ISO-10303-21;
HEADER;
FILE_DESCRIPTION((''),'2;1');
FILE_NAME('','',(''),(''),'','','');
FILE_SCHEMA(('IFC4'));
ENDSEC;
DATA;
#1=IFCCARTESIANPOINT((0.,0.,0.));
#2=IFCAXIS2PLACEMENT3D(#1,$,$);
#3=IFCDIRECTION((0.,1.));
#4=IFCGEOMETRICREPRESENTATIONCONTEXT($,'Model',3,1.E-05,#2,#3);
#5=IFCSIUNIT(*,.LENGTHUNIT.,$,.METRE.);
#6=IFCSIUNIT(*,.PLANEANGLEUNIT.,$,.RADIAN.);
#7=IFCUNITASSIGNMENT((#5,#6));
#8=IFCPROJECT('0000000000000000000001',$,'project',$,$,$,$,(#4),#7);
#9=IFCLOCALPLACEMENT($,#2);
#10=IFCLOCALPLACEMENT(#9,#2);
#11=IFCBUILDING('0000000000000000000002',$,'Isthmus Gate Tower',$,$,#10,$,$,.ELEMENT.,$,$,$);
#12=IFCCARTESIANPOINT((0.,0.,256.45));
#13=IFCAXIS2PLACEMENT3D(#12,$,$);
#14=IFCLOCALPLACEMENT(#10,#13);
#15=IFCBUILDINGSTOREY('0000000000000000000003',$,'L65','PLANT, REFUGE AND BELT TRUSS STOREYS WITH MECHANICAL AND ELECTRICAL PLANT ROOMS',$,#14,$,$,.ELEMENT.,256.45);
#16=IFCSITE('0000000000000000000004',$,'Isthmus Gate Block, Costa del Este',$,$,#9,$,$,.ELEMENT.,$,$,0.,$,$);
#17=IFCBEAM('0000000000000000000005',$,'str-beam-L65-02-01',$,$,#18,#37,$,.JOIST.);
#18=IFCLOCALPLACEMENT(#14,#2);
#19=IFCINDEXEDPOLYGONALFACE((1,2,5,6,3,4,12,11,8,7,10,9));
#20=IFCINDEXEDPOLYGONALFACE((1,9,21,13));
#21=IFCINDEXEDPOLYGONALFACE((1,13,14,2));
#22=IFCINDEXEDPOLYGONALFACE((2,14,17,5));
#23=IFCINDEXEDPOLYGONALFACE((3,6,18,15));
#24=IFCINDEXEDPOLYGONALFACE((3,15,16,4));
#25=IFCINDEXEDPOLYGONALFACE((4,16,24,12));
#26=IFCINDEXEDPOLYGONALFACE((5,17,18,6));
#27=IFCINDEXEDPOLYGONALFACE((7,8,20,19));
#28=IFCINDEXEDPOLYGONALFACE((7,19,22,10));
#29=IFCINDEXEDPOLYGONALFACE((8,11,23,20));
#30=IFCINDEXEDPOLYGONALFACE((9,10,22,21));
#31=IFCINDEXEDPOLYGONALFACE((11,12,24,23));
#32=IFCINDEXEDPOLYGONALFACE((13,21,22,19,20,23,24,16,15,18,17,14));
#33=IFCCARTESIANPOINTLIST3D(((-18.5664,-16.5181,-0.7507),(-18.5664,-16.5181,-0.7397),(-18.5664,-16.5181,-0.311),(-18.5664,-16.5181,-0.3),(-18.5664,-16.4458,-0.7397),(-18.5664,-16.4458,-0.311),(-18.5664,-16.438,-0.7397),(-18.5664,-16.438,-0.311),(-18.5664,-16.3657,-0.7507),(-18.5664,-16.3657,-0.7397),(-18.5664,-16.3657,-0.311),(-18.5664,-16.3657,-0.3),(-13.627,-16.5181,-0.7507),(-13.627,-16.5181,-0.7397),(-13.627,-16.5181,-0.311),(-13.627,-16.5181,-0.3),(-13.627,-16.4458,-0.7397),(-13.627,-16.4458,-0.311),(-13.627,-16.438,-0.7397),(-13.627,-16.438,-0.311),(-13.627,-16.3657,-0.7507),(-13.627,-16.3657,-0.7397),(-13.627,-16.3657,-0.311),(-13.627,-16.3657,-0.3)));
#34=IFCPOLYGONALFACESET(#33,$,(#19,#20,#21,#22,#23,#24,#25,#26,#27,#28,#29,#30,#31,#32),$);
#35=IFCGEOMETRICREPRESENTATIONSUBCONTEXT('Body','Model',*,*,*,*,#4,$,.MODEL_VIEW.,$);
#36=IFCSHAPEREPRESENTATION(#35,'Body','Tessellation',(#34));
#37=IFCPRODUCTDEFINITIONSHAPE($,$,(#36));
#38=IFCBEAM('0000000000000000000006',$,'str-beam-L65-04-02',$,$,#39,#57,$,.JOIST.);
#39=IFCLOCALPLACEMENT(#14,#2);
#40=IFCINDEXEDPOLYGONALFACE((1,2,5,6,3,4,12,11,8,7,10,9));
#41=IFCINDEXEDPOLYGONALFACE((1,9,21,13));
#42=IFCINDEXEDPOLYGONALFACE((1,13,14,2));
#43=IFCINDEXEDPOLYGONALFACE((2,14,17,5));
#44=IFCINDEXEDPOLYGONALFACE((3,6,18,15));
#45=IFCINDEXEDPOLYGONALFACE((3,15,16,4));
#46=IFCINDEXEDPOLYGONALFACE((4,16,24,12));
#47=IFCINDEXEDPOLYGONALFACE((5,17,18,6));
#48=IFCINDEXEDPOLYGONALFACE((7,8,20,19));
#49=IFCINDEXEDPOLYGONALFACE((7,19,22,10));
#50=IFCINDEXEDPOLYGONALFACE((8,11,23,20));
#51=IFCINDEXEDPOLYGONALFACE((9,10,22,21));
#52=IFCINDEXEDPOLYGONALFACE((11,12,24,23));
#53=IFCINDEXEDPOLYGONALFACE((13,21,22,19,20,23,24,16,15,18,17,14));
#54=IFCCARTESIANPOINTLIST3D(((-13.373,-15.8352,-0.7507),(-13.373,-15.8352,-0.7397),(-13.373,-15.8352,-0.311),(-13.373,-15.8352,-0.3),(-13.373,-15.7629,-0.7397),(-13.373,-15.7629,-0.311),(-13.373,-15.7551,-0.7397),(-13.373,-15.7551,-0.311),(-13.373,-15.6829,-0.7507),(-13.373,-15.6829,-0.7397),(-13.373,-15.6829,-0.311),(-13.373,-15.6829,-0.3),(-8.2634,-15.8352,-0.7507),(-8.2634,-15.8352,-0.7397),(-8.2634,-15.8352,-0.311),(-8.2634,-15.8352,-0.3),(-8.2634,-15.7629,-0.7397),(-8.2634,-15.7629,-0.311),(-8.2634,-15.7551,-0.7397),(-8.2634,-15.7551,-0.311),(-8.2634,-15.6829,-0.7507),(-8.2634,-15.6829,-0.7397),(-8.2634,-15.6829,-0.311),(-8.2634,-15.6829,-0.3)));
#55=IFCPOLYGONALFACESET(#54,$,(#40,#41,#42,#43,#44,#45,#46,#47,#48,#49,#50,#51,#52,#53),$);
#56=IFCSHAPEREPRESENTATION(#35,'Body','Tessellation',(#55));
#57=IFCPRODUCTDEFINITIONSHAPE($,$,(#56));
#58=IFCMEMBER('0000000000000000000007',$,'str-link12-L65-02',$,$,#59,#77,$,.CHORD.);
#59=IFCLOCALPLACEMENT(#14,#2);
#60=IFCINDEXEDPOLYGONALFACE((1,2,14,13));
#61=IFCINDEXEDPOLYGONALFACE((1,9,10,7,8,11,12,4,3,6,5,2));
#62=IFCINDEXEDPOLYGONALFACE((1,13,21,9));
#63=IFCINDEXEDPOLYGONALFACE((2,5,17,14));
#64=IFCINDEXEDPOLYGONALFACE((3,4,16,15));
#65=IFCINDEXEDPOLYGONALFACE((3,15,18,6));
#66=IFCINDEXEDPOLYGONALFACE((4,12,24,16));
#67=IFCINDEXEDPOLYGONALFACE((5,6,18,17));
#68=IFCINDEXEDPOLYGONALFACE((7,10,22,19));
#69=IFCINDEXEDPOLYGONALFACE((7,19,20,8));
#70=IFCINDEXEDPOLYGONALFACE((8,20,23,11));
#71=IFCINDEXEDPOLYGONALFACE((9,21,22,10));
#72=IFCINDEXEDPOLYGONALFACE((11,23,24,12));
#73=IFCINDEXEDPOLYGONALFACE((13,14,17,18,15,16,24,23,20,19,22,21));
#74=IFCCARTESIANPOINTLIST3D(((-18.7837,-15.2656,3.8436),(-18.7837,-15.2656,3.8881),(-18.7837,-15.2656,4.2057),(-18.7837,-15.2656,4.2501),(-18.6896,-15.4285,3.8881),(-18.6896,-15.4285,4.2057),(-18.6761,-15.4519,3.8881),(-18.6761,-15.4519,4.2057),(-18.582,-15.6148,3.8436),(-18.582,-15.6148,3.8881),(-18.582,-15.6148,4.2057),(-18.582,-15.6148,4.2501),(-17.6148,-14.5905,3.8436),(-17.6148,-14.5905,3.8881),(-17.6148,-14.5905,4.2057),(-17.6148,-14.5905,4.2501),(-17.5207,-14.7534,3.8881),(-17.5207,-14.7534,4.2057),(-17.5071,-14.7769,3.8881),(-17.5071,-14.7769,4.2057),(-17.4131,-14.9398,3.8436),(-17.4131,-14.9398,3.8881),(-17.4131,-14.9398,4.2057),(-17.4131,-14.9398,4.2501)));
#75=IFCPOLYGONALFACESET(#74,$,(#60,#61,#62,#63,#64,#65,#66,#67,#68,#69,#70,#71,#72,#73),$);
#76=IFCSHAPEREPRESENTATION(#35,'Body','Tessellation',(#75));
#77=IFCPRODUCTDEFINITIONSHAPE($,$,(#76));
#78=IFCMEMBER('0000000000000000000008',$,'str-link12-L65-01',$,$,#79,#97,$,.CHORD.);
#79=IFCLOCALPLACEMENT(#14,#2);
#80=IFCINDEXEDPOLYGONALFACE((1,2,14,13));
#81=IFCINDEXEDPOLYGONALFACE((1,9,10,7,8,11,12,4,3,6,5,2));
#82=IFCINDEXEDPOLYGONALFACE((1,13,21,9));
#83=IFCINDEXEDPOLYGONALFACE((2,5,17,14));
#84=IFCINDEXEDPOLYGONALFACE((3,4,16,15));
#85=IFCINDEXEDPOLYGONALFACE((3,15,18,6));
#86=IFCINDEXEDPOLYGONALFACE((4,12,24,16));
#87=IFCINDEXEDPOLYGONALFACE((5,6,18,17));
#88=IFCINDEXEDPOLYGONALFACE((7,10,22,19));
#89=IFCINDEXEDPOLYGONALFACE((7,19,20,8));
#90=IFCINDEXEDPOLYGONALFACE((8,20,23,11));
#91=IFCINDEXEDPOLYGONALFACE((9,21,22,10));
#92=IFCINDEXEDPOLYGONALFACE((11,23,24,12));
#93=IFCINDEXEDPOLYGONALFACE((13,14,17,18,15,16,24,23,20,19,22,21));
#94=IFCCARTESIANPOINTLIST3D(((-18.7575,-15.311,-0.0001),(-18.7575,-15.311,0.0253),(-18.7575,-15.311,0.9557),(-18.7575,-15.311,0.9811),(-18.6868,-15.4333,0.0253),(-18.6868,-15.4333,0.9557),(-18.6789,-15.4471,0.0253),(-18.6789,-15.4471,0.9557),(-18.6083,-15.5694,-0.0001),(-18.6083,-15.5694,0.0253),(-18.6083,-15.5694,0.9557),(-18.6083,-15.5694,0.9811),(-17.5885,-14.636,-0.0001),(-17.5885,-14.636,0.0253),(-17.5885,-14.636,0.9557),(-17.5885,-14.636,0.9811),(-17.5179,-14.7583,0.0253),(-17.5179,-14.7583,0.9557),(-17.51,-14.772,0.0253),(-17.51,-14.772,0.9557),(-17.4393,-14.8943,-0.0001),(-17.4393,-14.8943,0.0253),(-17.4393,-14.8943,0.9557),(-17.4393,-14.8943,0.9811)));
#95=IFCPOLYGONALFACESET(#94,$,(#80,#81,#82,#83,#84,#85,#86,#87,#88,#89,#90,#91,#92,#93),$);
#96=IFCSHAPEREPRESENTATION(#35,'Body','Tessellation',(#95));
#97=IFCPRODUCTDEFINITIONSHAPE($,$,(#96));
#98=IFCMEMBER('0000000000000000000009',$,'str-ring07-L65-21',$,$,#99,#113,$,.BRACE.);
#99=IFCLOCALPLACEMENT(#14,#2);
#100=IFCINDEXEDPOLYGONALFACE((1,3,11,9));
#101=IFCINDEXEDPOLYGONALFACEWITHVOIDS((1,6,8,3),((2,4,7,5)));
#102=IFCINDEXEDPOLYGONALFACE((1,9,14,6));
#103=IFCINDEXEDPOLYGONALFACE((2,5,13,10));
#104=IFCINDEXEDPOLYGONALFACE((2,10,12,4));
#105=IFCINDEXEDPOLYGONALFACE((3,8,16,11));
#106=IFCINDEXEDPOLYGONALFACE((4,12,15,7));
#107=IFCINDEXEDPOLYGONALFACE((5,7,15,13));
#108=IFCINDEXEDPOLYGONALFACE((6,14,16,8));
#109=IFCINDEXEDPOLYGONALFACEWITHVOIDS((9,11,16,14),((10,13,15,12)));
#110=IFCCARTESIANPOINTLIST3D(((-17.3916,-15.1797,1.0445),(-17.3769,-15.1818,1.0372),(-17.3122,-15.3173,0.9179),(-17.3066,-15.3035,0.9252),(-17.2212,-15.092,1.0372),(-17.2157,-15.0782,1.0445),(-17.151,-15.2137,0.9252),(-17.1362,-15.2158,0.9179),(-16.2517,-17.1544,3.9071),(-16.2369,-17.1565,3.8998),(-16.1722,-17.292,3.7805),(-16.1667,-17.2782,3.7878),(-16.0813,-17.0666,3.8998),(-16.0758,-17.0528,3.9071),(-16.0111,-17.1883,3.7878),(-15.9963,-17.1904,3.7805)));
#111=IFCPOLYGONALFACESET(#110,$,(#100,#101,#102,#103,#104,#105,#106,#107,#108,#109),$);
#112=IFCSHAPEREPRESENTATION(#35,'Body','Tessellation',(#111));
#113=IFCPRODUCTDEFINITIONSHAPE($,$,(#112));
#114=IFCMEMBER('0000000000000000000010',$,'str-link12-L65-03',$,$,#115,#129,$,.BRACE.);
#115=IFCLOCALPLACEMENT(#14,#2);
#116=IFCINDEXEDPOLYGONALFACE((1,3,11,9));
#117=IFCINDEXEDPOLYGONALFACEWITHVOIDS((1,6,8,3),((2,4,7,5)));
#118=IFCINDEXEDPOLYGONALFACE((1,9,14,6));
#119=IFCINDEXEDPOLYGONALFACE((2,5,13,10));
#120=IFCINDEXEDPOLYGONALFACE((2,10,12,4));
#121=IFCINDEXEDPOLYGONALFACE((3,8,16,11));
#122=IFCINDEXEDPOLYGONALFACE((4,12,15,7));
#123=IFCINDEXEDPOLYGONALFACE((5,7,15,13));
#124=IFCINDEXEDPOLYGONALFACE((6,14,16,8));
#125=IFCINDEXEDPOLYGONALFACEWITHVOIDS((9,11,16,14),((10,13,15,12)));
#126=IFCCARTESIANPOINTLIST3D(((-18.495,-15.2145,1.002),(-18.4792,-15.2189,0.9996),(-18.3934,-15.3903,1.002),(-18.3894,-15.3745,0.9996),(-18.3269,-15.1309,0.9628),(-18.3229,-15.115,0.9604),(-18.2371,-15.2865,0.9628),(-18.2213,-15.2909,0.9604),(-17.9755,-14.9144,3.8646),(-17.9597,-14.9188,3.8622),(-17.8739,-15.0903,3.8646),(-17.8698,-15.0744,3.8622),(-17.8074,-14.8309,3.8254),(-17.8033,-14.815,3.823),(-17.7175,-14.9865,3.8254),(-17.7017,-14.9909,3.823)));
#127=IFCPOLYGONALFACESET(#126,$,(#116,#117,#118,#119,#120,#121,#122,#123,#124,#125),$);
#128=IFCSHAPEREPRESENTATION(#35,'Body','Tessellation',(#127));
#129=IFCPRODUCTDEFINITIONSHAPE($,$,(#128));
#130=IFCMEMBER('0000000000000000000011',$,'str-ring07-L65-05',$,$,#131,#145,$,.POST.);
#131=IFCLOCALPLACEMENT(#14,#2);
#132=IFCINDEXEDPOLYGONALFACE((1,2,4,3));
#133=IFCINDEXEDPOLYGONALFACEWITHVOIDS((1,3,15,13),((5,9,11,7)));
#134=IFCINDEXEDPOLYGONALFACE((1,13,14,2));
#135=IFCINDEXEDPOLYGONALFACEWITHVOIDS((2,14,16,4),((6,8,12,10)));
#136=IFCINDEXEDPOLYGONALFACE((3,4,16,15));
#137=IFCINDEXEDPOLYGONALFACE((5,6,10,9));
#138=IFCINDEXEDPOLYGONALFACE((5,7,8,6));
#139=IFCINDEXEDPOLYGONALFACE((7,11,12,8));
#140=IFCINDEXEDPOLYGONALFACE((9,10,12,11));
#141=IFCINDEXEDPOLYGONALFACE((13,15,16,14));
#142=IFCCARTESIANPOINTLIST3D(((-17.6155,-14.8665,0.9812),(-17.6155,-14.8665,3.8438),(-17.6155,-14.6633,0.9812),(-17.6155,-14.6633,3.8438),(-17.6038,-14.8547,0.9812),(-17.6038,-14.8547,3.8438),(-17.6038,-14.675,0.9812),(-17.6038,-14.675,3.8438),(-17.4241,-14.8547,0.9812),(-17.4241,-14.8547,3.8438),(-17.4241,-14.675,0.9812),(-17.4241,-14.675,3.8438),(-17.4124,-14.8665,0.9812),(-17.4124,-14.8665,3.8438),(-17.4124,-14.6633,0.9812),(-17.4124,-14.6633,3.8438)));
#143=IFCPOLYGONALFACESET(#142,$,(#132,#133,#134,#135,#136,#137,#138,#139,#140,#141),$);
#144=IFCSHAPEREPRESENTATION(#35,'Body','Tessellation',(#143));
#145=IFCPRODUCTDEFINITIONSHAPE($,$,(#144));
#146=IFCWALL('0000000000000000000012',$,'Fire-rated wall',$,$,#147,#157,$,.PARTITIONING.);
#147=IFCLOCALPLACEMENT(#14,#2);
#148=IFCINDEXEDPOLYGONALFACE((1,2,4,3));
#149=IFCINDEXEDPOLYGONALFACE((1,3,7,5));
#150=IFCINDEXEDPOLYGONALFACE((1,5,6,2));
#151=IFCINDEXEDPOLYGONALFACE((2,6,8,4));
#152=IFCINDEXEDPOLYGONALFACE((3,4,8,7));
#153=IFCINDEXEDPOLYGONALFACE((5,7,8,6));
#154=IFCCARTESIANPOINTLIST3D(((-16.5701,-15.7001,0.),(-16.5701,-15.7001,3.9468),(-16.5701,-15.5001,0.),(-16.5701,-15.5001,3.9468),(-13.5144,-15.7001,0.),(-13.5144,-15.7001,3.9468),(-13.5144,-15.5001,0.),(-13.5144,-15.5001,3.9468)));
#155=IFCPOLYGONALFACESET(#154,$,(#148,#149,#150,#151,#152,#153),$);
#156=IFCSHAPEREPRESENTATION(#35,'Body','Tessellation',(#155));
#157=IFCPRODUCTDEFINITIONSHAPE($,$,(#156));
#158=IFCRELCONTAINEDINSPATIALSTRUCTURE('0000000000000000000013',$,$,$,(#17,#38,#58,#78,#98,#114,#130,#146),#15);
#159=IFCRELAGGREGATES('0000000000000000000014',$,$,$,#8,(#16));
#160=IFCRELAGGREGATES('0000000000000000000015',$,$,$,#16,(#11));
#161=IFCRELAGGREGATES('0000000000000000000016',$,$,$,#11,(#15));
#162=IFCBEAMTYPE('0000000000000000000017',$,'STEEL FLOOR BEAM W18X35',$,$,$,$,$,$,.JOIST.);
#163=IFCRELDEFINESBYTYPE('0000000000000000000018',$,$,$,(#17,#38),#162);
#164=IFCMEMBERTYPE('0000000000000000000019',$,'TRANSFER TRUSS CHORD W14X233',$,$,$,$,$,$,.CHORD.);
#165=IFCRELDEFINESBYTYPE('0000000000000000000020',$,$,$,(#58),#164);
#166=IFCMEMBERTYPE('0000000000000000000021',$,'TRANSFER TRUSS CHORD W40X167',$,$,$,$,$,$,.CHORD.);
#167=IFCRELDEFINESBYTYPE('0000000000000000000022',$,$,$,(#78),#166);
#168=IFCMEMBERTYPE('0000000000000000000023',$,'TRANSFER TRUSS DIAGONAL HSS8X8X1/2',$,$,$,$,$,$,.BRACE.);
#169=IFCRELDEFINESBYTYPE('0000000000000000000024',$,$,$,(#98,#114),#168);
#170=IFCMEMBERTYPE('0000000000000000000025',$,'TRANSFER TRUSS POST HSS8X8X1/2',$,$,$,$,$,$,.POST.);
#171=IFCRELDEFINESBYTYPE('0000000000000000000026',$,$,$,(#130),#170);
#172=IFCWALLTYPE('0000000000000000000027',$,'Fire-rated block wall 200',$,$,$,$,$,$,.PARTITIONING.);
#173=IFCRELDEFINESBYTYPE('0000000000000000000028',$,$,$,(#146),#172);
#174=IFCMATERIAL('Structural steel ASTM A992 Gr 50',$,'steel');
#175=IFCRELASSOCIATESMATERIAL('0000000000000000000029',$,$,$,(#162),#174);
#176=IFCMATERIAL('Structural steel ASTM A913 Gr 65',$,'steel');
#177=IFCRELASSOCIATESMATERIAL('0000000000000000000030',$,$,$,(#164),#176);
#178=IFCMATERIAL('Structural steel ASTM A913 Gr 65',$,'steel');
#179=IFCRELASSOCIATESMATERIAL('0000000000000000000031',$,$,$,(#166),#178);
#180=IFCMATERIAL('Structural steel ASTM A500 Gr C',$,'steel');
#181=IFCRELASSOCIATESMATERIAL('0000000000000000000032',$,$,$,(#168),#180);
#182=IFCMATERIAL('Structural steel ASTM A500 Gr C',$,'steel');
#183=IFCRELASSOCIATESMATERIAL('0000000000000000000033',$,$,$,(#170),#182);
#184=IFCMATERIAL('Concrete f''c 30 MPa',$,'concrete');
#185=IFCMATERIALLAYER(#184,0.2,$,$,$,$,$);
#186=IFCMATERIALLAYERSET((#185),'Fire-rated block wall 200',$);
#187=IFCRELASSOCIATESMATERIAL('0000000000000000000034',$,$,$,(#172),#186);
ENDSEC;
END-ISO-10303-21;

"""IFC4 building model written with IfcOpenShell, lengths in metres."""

from ifc_helpers import new_model, si_unit, direction, frame, frame_2d, origin, origin_2d, place, context, subcontext, project, spatial, rectangle, hollow_rectangle, i_section, extrude, material, layer, layer_set, material_profile, profile_set, type_object, element, save


model = new_model("IFC4")

# Units and contexts
model_context = context("Model", 3, precision=1e-05, world=origin(), true_north=direction((0.0, 1.0)))
body_context = subcontext(model_context, "Body", "Model", "MODEL_VIEW")
ifc_project = project(units=[si_unit("LENGTHUNIT", "METRE"), si_unit("PLANEANGLEUNIT", "RADIAN")], contexts=[model_context])

# Site, building, storey
site_placement = place(None, origin())
site = spatial("IfcSite", under=ifc_project, at=site_placement, Name="Isthmus Gate Block, Costa del Este", CompositionType="ELEMENT", RefElevation=0.0)
building_placement = place(site_placement, origin())
building = spatial("IfcBuilding", under=site, at=building_placement, Name="Isthmus Gate Tower", CompositionType="ELEMENT")
storey_placement = place(building_placement, frame((0.0, 0.0, 256.45)))
storey = spatial("IfcBuildingStorey", under=building, at=storey_placement, Name="L65", Description="PLANT, REFUGE AND BELT TRUSS STOREYS WITH MECHANICAL AND ELECTRICAL PLANT ROOMS", CompositionType="ELEMENT", Elevation=256.45)

# Beams
ifc_material_1 = material(Name="Structural steel ASTM A992 Gr 50", Category="steel")
ifc_material_profile_1 = material_profile(ifc_material_1, i_section(OverallWidth=0.1523, OverallDepth=0.4507, WebThickness=0.0078, FlangeThickness=0.011, at=origin_2d()), Name="W18X35")
ifc_profile_set_1 = profile_set([ifc_material_profile_1], Name="Structural steel ASTM A992 Gr 50")
beam_type = type_object("IfcBeamType", Name="STEEL FLOOR BEAM W18X35", PredefinedType="JOIST", material=ifc_profile_set_1)
beam_1_placement = place(storey_placement, frame((-18.5664, -16.4419, -0.5254), z_axis=(1.0, 0.0, 0.0), x_axis=(0.0, 1.0, 0.0)))
element("IfcBeam", 1, at=beam_1_placement, inside=storey, type_object=beam_type, Name="str-beam-L65-02-01", PredefinedType="JOIST", context=body_context, shape_type="SweptSolid", body=[
    extrude(i_section(OverallWidth=0.1523, OverallDepth=0.4507, WebThickness=0.0078, FlangeThickness=0.011, at=origin_2d()), origin(), (0.0, 0.0, 1.0), 4.9395),
])
beam_2_placement = place(storey_placement, frame((-13.373, -15.759, -0.5254), z_axis=(1.0, 0.0, 0.0), x_axis=(0.0, 1.0, 0.0)))
element("IfcBeam", 2, at=beam_2_placement, inside=storey, type_object=beam_type, Name="str-beam-L65-04-02", PredefinedType="JOIST", context=body_context, shape_type="SweptSolid", body=[
    extrude(i_section(OverallWidth=0.1523, OverallDepth=0.4507, WebThickness=0.0078, FlangeThickness=0.011, at=origin_2d()), origin(), (0.0, 0.0, 1.0), 5.1096),
])

# Members
ifc_material_2 = material(Name="Structural steel ASTM A913 Gr 65", Category="steel")
ifc_material_profile_2 = material_profile(ifc_material_2, i_section(OverallWidth=0.4033, OverallDepth=0.4065, WebThickness=0.0271, FlangeThickness=0.0444, at=origin_2d()), Name="W14X233")
ifc_profile_set_2 = profile_set([ifc_material_profile_2], Name="Structural steel ASTM A913 Gr 65")
member_type_1 = type_object("IfcMemberType", Name="TRANSFER TRUSS CHORD W14X233", PredefinedType="CHORD", material=ifc_profile_set_2)
member_1_placement = place(storey_placement, frame((-18.6829, -15.4402, 4.0469), z_axis=(0.865975, 0.500088, 0.0), x_axis=(-0.500088, 0.865975, 0.0)))
element("IfcMember", 3, at=member_1_placement, inside=storey, type_object=member_type_1, Name="str-link12-L65-02", PredefinedType="CHORD", context=body_context, shape_type="SweptSolid", body=[
    extrude(i_section(OverallWidth=0.4033, OverallDepth=0.4065, WebThickness=0.0271, FlangeThickness=0.0444, at=origin_2d()), origin(), (0.0, 0.0, 1.0), 1.3499),
])
ifc_material_3 = material(Name="Structural steel ASTM A913 Gr 65", Category="steel")
ifc_material_profile_3 = material_profile(ifc_material_3, i_section(OverallWidth=0.2983, OverallDepth=0.9812, WebThickness=0.0159, FlangeThickness=0.0254, at=origin_2d()), Name="W40X167")
ifc_profile_set_3 = profile_set([ifc_material_profile_3], Name="Structural steel ASTM A913 Gr 65")
member_type_2 = type_object("IfcMemberType", Name="TRANSFER TRUSS CHORD W40X167", PredefinedType="CHORD", material=ifc_profile_set_3)
member_2_placement = place(storey_placement, frame((-18.6829, -15.4402, 0.4905), z_axis=(0.865975, 0.500088, 0.0), x_axis=(-0.500088, 0.865975, 0.0)))
element("IfcMember", 4, at=member_2_placement, inside=storey, type_object=member_type_2, Name="str-link12-L65-01", PredefinedType="CHORD", context=body_context, shape_type="SweptSolid", body=[
    extrude(i_section(OverallWidth=0.2983, OverallDepth=0.9812, WebThickness=0.0159, FlangeThickness=0.0254, at=origin_2d()), origin(), (0.0, 0.0, 1.0), 1.3499),
])
ifc_material_4 = material(Name="Structural steel ASTM A500 Gr C", Category="steel")
ifc_material_profile_4 = material_profile(ifc_material_4, hollow_rectangle(XDim=0.2031, YDim=0.2031, WallThickness=0.0117, at=origin_2d()), Name="HSS8X8X1/2")
ifc_profile_set_4 = profile_set([ifc_material_profile_4], Name="Structural steel ASTM A500 Gr C")
member_type_3 = type_object("IfcMemberType", Name="TRANSFER TRUSS DIAGONAL HSS8X8X1/2", PredefinedType="BRACE", material=ifc_profile_set_4)
member_3_placement = place(storey_placement, frame((-17.2639, -15.1978, 0.9812), z_axis=(0.311481, -0.539571, 0.782204), x_axis=(0.866054, 0.499951, 0.0)))
element("IfcMember", 5, at=member_3_placement, inside=storey, type_object=member_type_3, Name="str-ring07-L65-21", PredefinedType="BRACE", context=body_context, shape_type="SweptSolid", body=[
    extrude(hollow_rectangle(XDim=0.2031, YDim=0.2031, WallThickness=0.0117, at=origin_2d()), origin(), (0.0, 0.0, 1.0), 3.6597),
])
member_4_placement = place(storey_placement, frame((-18.3582, -15.2527, 0.9812), z_axis=(0.177633, 0.10259, 0.978735), x_axis=(-0.500122, 0.865955, 0.0)))
element("IfcMember", 6, at=member_4_placement, inside=storey, type_object=member_type_3, Name="str-link12-L65-03", PredefinedType="BRACE", context=body_context, shape_type="SweptSolid", body=[
    extrude(hollow_rectangle(XDim=0.2031, YDim=0.2031, WallThickness=0.0117, at=origin_2d()), origin(), (0.0, 0.0, 1.0), 2.9248),
])
ifc_material_5 = material(Name="Structural steel ASTM A500 Gr C", Category="steel")
ifc_material_profile_5 = material_profile(ifc_material_5, hollow_rectangle(XDim=0.2031, YDim=0.2031, WallThickness=0.0117, at=origin_2d()), Name="HSS8X8X1/2")
ifc_profile_set_5 = profile_set([ifc_material_profile_5], Name="Structural steel ASTM A500 Gr C")
member_type_4 = type_object("IfcMemberType", Name="TRANSFER TRUSS POST HSS8X8X1/2", PredefinedType="POST", material=ifc_profile_set_5)
member_5_placement = place(storey_placement, frame((-17.5139, -14.7649, 0.9812), z_axis=(0.0, 0.0, 1.0), x_axis=(1.0, 0.0, 0.0)))
element("IfcMember", 7, at=member_5_placement, inside=storey, type_object=member_type_4, Name="str-ring07-L65-05", PredefinedType="POST", context=body_context, shape_type="SweptSolid", body=[
    extrude(hollow_rectangle(XDim=0.2031, YDim=0.2031, WallThickness=0.0117, at=origin_2d()), origin(), (0.0, 0.0, 1.0), 2.8625),
])

# Wall
ifc_material_6 = material(Name="Concrete f'c 30 MPa", Category="concrete")
ifc_layer_1 = layer(ifc_material_6, 0.2)
ifc_layer_set_1 = layer_set([ifc_layer_1], Name="Fire-rated block wall 200")
wall_type_1 = type_object("IfcWallType", Name="Fire-rated block wall 200", PredefinedType="PARTITIONING", material=ifc_layer_set_1)
wall_1_placement = place(storey_placement, frame((-16.5701, -15.6001, 0.0), z_axis=(0.0, 0.0, 1.0), x_axis=(1.0, 0.0, 0.0)))
element("IfcWall", 8, at=wall_1_placement, inside=storey, type_object=wall_type_1, Name="Fire-rated wall", PredefinedType="PARTITIONING", context=body_context, shape_type="SweptSolid", body=[
    extrude(rectangle(XDim=3.0557, YDim=0.2, at=frame_2d((1.5278, 0.0))), origin(), (0.0, 0.0, 1.0), 3.9468),
])

save(model, "model.ifc")
